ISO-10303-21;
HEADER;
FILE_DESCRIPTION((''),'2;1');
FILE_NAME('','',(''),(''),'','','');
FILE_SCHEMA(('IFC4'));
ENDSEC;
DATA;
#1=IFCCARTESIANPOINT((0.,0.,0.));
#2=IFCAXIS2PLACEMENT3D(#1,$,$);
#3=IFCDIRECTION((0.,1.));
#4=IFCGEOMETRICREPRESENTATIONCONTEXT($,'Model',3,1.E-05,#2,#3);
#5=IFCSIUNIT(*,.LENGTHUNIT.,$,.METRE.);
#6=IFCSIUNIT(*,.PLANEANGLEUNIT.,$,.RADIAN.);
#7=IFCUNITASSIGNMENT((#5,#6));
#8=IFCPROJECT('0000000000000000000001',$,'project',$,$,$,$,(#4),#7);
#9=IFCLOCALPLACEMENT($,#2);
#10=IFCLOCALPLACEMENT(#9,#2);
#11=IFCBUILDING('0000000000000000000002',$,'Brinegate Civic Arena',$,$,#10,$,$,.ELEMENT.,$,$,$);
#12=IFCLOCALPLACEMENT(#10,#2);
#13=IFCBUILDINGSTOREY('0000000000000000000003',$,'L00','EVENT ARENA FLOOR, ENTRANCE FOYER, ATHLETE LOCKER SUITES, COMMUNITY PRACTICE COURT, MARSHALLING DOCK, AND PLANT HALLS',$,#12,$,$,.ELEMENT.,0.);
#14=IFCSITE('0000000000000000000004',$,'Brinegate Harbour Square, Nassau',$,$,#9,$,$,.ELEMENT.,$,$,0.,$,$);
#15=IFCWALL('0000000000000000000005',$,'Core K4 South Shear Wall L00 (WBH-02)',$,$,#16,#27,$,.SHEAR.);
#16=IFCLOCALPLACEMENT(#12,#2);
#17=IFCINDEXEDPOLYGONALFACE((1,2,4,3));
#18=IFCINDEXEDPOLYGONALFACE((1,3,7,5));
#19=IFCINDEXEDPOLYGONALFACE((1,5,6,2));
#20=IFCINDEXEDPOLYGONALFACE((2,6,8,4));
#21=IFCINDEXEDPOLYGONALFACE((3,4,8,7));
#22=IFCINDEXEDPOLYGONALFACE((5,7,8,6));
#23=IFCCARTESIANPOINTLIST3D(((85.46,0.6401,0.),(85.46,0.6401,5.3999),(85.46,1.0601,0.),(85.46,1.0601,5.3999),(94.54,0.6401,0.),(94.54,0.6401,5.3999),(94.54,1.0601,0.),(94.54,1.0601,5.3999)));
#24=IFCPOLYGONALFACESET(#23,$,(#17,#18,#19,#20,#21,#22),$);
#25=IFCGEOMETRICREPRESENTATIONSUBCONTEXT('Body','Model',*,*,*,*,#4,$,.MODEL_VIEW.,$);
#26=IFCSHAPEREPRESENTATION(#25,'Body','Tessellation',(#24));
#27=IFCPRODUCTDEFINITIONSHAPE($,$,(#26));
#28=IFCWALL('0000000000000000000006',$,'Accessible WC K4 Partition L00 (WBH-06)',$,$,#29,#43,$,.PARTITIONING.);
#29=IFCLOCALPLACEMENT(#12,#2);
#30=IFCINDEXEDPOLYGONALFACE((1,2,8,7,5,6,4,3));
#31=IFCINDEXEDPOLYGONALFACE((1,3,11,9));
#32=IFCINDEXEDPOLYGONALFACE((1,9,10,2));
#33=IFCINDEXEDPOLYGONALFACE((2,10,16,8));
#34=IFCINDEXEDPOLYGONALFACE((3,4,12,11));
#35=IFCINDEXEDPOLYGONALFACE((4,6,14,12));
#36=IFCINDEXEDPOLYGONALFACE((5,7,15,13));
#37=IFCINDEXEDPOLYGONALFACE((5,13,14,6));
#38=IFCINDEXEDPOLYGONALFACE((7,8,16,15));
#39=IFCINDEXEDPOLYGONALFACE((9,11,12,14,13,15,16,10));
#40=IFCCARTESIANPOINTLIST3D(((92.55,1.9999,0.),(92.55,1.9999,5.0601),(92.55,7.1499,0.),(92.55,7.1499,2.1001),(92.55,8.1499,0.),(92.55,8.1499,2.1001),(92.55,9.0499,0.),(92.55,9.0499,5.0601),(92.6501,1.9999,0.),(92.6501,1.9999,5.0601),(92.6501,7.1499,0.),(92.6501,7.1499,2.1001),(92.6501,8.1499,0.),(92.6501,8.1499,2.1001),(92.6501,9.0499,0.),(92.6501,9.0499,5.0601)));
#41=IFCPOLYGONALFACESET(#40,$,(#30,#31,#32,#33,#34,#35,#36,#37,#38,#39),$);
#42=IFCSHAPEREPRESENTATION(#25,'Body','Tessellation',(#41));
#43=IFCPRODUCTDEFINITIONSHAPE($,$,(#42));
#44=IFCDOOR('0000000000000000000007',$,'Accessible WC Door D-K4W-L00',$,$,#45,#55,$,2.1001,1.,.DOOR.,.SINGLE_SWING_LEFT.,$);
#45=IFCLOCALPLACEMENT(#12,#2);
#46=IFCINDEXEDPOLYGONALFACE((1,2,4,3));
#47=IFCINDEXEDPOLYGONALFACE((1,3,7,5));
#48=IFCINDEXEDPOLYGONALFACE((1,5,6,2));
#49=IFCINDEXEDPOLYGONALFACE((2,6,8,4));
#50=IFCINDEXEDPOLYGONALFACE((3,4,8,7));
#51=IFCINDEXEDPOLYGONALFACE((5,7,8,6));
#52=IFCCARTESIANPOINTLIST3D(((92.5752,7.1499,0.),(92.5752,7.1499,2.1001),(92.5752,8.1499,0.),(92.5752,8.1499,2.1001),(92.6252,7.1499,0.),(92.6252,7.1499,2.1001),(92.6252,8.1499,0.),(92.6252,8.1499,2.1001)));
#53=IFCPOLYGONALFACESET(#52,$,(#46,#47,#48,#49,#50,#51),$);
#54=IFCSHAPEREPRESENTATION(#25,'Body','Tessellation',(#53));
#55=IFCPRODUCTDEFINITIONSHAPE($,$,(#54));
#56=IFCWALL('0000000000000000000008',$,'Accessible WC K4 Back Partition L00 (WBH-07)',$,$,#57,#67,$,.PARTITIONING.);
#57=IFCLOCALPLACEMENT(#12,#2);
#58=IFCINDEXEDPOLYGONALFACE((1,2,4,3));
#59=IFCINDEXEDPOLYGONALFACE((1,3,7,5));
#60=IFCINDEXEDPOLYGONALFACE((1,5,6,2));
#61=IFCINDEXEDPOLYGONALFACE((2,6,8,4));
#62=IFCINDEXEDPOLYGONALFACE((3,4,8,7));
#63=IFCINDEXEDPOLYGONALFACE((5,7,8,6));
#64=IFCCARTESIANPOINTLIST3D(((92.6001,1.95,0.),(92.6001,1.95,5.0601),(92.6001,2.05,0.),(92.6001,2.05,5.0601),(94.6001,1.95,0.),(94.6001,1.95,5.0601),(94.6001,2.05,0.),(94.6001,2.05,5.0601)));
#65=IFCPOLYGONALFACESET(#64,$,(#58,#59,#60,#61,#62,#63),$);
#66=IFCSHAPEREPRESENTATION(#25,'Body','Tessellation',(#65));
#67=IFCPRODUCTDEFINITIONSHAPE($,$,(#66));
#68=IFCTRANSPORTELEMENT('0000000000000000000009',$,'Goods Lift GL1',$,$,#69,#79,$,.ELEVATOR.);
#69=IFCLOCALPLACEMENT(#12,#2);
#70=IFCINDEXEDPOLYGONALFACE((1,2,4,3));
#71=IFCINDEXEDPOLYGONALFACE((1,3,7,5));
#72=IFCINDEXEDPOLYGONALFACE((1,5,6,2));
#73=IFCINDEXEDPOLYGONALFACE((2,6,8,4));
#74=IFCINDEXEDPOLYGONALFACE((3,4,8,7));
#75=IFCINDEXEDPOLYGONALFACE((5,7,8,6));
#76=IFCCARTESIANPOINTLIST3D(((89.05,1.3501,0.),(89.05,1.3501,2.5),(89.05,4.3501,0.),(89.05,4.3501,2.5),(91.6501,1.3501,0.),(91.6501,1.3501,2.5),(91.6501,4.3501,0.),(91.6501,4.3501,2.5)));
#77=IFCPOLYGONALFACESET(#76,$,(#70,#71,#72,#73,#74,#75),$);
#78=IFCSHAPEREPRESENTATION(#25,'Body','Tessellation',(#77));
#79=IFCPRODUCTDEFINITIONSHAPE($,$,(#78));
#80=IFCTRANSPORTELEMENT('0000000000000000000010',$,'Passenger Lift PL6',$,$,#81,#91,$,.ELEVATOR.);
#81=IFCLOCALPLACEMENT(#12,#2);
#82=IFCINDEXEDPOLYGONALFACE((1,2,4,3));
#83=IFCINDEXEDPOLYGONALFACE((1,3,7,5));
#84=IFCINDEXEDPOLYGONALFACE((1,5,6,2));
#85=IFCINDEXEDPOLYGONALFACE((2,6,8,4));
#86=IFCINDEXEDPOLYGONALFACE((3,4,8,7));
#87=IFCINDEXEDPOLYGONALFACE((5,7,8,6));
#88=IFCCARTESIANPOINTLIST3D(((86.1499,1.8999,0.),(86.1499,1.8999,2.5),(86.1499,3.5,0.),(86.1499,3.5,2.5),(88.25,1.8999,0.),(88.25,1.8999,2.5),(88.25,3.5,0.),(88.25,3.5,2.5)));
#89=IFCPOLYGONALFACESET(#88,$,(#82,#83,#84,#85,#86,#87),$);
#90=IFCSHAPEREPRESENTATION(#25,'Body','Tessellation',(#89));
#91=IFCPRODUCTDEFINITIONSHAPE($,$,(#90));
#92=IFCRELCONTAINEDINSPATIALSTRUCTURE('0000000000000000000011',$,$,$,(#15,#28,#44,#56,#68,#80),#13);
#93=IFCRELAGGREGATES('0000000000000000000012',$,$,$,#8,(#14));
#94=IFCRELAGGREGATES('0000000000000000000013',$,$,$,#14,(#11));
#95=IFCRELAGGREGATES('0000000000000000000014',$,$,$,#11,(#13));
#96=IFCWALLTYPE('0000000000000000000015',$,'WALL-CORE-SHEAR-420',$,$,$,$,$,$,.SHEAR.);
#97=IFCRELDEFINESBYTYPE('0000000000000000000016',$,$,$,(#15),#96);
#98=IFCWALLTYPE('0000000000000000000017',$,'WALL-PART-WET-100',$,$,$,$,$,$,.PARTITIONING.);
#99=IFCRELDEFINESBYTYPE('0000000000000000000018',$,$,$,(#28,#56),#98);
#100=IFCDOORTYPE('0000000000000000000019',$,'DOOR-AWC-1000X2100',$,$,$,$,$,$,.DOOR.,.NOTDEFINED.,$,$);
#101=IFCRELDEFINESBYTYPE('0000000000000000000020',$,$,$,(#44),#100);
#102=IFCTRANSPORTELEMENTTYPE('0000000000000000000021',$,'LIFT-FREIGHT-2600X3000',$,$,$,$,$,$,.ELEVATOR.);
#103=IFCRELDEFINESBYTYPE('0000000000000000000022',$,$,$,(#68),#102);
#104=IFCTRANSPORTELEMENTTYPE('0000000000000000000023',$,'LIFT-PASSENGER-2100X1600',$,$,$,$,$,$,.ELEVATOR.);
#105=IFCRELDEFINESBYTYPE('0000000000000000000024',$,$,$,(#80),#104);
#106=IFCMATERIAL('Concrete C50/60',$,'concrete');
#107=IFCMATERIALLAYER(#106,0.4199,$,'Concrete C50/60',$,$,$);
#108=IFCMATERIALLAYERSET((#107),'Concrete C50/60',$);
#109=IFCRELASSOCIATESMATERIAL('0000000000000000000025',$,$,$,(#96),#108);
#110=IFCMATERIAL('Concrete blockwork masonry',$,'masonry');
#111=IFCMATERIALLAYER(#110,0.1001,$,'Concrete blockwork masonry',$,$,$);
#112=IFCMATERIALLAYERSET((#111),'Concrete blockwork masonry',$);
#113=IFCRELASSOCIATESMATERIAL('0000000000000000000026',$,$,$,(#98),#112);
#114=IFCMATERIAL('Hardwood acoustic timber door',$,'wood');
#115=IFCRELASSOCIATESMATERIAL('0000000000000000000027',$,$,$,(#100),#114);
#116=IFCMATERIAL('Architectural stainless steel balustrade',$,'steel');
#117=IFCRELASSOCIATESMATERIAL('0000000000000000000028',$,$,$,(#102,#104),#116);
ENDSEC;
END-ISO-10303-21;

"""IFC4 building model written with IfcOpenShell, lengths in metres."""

from ifc_helpers import new_model, si_unit, direction, frame, frame_2d, origin, origin_2d, place, context, subcontext, project, spatial, rectangle, extrude, material, layer, layer_set, type_object, element, fill, save


model = new_model("IFC4")

# Units and contexts
model_context = context("Model", 3, precision=1e-05, world=origin(), true_north=direction((0.0, 1.0)))
body_context = subcontext(model_context, "Body", "Model", "MODEL_VIEW")
ifc_project = project(units=[si_unit("LENGTHUNIT", "METRE"), si_unit("PLANEANGLEUNIT", "RADIAN")], contexts=[model_context])

# Site, building, storey
site_placement = place(None, origin())
site = spatial("IfcSite", under=ifc_project, at=site_placement, Name="Brinegate Harbour Square, Nassau", CompositionType="ELEMENT", RefElevation=0.0)
building_placement = place(site_placement, origin())
building = spatial("IfcBuilding", under=site, at=building_placement, Name="Brinegate Civic Arena", CompositionType="ELEMENT")
storey_placement = place(building_placement, origin())
storey = spatial("IfcBuildingStorey", under=building, at=storey_placement, Name="L00", Description="EVENT ARENA FLOOR, ENTRANCE FOYER, ATHLETE LOCKER SUITES, COMMUNITY PRACTICE COURT, MARSHALLING DOCK, AND PLANT HALLS", CompositionType="ELEMENT", Elevation=0.0)

# Shared definitions
ifc_material_1 = material(Name="Concrete C50/60", Category="concrete")
ifc_material_2 = material(Name="Architectural stainless steel balustrade", Category="steel")

# Wall
ifc_layer_1 = layer(ifc_material_1, 0.4199, Name="Concrete C50/60")
ifc_layer_set_1 = layer_set([ifc_layer_1], Name="Concrete C50/60")
wall_type_1 = type_object("IfcWallType", Name="WALL-CORE-SHEAR-420", PredefinedType="SHEAR", material=ifc_layer_set_1)
wall_1_placement = place(storey_placement, frame((85.46, 0.8501, 0.0), z_axis=(0.0, 0.0, 1.0), x_axis=(1.0, 0.0, 0.0)))
element("IfcWall", 1, at=wall_1_placement, inside=storey, type_object=wall_type_1, Name="Core K4 South Shear Wall L00 (WBH-02)", PredefinedType="SHEAR", context=body_context, shape_type="SweptSolid", body=[
    extrude(rectangle(XDim=9.0801, YDim=0.4199, at=frame_2d((4.54, 0.0))), origin(), (0.0, 0.0, 1.0), 5.3999),
])

# Wall, opening, door
ifc_material_3 = material(Name="Concrete blockwork masonry", Category="masonry")
ifc_layer_2 = layer(ifc_material_3, 0.1001, Name="Concrete blockwork masonry")
ifc_layer_set_2 = layer_set([ifc_layer_2], Name="Concrete blockwork masonry")
wall_type_2 = type_object("IfcWallType", Name="WALL-PART-WET-100", PredefinedType="PARTITIONING", material=ifc_layer_set_2)
wall_2_placement = place(storey_placement, frame((92.6001, 2.0, 0.0), z_axis=(0.0, 0.0, 1.0), x_axis=(0.0, 1.0, 0.0)))
wall_2 = element("IfcWall", 2, at=wall_2_placement, inside=storey, type_object=wall_type_2, Name="Accessible WC K4 Partition L00 (WBH-06)", PredefinedType="PARTITIONING", context=body_context, shape_type="SweptSolid", body=[
    extrude(rectangle(XDim=7.05, YDim=0.1001, at=frame_2d((3.5249, 0.0))), origin(), (0.0, 0.0, 1.0), 5.0601),
])
opening_1_placement = place(wall_2_placement, frame((5.1499, 0.0, 0.0)))
opening_1 = element("IfcOpeningElement", 3, at=opening_1_placement, cuts=wall_2, PredefinedType="OPENING", context=body_context, shape_type="SweptSolid", body=[
    extrude(rectangle(XDim=1.0, YDim=2.1001, at=frame_2d((0.5, 1.05))), frame((0.0, 0.0601, 0.0), z_axis=(0.0, -1.0, 0.0), x_axis=(1.0, 0.0, 0.0)), (0.0, 0.0, 1.0), 0.1201),
])
ifc_material_4 = material(Name="Hardwood acoustic timber door", Category="wood")
door_type_1 = type_object("IfcDoorType", Name="DOOR-AWC-1000X2100", OperationType="NOTDEFINED", PredefinedType="DOOR", material=ifc_material_4)
door_1_placement = place(opening_1_placement, origin())
door_1 = element("IfcDoor", 4, at=door_1_placement, inside=storey, type_object=door_type_1, Name="Accessible WC Door D-K4W-L00", OperationType="SINGLE_SWING_LEFT", OverallHeight=2.1001, OverallWidth=1.0, PredefinedType="DOOR", context=body_context, shape_type="SweptSolid", body=[
    extrude(rectangle(XDim=1.0, YDim=2.1001, at=frame_2d((0.5, 1.05))), frame((0.0, 0.0249, 0.0), z_axis=(0.0, -1.0, 0.0), x_axis=(1.0, 0.0, 0.0)), (0.0, 0.0, 1.0), 0.05),
])
fill(opening_1, door_1)

# Wall
wall_3_placement = place(storey_placement, frame((92.6001, 2.0, 0.0), z_axis=(0.0, 0.0, 1.0), x_axis=(1.0, 0.0, 0.0)))
element("IfcWall", 5, at=wall_3_placement, inside=storey, type_object=wall_type_2, Name="Accessible WC K4 Back Partition L00 (WBH-07)", PredefinedType="PARTITIONING", context=body_context, shape_type="SweptSolid", body=[
    extrude(rectangle(XDim=2.0, YDim=0.1001, at=frame_2d((1.0, 0.0))), origin(), (0.0, 0.0, 1.0), 5.0601),
])

# Transport elements
transport_element_type_1 = type_object("IfcTransportElementType", Name="LIFT-FREIGHT-2600X3000", PredefinedType="ELEVATOR", material=ifc_material_2)
transport_element_1_placement = place(storey_placement, frame((90.3501, 2.8501, 0.0), z_axis=(0.0, 0.0, 1.0), x_axis=(1.0, 0.0, 0.0)))
element("IfcTransportElement", 6, at=transport_element_1_placement, inside=storey, type_object=transport_element_type_1, Name="Goods Lift GL1", PredefinedType="ELEVATOR", context=body_context, shape_type="SweptSolid", body=[
    extrude(rectangle(XDim=2.6001, YDim=3.0, at=origin_2d()), origin(), (0.0, 0.0, 1.0), 2.5),
])
transport_element_type_2 = type_object("IfcTransportElementType", Name="LIFT-PASSENGER-2100X1600", PredefinedType="ELEVATOR", material=ifc_material_2)
transport_element_2_placement = place(storey_placement, frame((87.2, 2.7, 0.0), z_axis=(0.0, 0.0, 1.0), x_axis=(1.0, 0.0, 0.0)))
element("IfcTransportElement", 7, at=transport_element_2_placement, inside=storey, type_object=transport_element_type_2, Name="Passenger Lift PL6", PredefinedType="ELEVATOR", context=body_context, shape_type="SweptSolid", body=[
    extrude(rectangle(XDim=2.1001, YDim=1.6001, at=origin_2d()), origin(), (0.0, 0.0, 1.0), 2.5),
])

save(model, "model.ifc")
